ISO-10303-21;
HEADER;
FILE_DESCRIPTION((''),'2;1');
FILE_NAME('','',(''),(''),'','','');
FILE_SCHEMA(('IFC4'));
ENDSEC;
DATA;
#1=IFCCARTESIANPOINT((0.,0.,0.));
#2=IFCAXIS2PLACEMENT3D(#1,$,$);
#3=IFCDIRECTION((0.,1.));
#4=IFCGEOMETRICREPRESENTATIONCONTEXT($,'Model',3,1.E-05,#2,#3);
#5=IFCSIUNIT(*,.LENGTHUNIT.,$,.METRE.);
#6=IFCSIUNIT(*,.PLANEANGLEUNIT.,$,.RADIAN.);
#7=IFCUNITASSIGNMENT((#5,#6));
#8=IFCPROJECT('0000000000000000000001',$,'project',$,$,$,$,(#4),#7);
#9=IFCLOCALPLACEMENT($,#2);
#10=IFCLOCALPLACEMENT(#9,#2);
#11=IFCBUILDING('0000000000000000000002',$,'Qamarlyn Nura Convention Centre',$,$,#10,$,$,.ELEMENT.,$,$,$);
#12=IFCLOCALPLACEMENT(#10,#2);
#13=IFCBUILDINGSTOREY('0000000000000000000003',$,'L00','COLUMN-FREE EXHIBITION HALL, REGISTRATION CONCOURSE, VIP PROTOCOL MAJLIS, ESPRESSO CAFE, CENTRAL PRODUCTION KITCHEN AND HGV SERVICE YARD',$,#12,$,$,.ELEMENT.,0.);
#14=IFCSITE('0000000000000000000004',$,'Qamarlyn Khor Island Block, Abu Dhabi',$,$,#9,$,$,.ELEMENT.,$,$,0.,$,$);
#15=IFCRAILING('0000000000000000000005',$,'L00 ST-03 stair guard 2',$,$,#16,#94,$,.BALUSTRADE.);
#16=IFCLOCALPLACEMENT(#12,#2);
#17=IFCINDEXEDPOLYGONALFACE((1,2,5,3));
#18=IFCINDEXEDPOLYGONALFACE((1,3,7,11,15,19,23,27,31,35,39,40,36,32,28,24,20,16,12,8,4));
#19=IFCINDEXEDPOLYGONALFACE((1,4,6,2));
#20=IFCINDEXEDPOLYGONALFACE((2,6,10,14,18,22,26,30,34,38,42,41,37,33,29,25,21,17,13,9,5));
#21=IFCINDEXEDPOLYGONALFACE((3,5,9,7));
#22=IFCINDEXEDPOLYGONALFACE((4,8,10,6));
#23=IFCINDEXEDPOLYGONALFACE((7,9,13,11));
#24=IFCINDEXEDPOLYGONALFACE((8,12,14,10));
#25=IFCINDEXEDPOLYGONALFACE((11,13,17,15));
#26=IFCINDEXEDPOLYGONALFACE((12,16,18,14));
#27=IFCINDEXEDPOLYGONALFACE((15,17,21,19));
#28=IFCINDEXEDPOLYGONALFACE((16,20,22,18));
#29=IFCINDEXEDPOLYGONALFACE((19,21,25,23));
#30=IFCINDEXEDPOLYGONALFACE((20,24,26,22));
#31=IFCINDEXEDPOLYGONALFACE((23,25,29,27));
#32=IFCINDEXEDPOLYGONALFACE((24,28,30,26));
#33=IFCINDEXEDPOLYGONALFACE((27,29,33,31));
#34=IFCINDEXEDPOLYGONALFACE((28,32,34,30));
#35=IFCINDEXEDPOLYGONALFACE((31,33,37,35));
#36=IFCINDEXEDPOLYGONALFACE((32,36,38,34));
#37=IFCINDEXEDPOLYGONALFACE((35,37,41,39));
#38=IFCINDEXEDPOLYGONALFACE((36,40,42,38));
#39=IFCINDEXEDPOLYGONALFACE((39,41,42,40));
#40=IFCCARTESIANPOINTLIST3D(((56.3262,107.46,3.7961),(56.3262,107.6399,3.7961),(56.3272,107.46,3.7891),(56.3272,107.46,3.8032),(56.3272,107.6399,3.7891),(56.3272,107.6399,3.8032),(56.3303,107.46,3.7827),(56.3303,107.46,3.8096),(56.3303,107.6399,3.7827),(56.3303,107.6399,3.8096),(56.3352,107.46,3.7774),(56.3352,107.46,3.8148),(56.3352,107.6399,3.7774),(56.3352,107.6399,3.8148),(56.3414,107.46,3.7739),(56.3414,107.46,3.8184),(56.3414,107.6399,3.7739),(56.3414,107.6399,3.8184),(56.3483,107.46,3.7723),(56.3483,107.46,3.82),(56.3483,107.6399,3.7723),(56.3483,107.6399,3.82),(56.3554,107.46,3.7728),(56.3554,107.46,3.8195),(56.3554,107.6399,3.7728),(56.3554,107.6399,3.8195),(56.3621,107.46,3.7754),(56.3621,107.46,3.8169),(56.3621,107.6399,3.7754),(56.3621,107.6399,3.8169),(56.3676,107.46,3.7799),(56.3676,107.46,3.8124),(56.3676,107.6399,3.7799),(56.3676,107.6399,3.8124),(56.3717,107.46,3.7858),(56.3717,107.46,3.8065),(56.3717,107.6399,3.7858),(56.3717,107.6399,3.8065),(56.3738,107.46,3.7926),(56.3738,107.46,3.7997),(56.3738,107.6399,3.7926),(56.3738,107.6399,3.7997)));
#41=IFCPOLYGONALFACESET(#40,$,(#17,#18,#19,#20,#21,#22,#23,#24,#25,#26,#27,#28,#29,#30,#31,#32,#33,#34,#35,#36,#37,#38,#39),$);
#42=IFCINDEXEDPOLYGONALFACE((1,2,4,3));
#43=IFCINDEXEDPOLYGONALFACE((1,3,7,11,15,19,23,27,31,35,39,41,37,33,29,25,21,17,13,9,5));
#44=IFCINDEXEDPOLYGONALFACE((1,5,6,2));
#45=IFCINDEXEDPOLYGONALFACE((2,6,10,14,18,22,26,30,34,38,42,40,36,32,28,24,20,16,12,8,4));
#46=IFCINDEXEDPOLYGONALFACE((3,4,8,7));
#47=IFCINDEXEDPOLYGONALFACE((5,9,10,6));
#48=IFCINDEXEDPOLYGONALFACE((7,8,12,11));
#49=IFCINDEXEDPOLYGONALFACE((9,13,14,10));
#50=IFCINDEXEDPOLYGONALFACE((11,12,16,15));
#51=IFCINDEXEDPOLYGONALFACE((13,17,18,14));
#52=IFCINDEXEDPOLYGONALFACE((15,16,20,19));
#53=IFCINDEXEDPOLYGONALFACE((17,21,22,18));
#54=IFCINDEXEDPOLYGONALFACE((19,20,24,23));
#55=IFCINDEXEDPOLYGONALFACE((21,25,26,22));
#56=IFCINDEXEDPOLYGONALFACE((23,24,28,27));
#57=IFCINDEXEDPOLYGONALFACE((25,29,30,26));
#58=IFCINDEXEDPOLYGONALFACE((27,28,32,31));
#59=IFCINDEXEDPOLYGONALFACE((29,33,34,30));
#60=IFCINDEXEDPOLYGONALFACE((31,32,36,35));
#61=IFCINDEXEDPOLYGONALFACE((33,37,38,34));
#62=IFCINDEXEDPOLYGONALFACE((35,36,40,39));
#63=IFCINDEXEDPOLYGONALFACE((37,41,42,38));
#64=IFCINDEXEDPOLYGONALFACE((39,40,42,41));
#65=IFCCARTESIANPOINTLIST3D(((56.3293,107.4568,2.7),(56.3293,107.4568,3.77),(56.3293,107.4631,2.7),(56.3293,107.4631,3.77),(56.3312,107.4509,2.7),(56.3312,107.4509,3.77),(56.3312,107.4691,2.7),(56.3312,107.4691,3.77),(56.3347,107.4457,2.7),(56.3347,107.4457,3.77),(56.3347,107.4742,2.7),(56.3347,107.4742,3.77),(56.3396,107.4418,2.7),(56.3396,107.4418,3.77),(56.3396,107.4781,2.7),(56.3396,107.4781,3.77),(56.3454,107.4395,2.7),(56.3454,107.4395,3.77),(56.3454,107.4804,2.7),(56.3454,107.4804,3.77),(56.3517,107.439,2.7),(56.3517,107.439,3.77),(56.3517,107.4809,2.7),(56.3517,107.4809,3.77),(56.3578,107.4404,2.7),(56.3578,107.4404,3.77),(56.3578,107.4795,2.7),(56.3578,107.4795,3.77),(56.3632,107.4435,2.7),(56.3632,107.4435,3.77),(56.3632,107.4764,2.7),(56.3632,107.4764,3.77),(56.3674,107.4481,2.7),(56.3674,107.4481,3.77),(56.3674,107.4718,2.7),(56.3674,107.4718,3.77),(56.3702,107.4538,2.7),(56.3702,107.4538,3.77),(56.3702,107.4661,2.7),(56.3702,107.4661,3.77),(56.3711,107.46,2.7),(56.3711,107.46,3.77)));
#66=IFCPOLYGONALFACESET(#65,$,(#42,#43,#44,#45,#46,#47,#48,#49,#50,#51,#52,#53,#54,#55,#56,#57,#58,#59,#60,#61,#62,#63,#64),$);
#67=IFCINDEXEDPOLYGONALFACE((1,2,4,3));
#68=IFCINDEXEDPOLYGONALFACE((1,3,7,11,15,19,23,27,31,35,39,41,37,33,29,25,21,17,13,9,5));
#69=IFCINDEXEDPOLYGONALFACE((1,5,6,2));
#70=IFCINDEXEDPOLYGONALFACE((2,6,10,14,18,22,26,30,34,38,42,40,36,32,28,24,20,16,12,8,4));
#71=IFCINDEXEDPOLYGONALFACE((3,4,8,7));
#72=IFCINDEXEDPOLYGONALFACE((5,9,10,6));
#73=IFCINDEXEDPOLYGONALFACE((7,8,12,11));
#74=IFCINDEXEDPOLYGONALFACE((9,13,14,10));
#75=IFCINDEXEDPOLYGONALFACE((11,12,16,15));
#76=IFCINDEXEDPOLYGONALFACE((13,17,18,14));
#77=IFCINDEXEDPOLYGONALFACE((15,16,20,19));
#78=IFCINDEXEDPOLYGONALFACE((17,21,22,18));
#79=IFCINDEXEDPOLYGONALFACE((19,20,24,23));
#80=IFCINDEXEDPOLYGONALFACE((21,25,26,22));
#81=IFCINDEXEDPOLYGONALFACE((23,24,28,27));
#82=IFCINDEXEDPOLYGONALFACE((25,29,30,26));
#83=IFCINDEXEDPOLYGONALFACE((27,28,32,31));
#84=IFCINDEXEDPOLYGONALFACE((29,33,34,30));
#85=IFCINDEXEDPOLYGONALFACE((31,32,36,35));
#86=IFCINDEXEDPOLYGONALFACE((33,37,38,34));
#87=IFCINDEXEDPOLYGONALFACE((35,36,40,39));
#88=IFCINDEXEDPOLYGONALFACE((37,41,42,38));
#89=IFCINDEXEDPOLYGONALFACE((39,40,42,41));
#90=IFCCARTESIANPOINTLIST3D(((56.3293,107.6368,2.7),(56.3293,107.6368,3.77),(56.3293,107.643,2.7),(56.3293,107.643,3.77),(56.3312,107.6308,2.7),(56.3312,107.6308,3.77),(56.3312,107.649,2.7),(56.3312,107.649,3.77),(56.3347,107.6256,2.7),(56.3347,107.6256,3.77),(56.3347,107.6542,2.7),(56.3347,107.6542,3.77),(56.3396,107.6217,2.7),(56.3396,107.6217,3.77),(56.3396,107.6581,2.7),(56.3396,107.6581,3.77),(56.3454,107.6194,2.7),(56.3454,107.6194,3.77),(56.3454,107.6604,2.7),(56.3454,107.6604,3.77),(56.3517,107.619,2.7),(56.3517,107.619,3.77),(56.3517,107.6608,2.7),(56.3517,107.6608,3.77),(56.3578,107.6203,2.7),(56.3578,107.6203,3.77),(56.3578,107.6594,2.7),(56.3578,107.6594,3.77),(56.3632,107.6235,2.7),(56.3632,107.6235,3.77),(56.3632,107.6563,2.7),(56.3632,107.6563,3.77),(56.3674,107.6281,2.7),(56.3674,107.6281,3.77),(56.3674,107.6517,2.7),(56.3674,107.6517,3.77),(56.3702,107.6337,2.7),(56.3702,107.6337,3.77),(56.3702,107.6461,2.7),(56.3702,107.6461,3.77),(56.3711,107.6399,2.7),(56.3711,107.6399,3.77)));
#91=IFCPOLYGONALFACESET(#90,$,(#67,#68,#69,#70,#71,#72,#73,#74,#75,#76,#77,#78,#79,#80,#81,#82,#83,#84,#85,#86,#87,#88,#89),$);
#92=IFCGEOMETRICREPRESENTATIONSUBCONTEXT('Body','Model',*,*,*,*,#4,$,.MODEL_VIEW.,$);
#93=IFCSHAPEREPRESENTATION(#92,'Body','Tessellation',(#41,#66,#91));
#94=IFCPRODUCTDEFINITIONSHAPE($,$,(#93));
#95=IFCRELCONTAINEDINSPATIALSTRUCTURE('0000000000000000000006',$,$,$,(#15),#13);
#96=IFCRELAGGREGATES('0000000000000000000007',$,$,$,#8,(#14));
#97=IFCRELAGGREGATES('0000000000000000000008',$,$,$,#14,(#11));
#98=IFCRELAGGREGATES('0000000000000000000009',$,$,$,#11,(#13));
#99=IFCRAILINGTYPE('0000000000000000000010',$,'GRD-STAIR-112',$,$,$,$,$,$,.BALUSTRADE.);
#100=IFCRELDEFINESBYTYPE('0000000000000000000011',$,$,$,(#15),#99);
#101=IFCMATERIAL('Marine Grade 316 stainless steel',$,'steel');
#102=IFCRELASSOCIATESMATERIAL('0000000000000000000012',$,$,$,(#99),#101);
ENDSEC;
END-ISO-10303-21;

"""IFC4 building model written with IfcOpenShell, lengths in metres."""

from ifc_helpers import new_model, si_unit, direction, frame, origin, origin_2d, place, context, subcontext, project, spatial, circle, extrude, material, type_object, element, save


model = new_model("IFC4")

# Units and contexts
model_context = context("Model", 3, precision=1e-05, world=origin(), true_north=direction((0.0, 1.0)))
body_context = subcontext(model_context, "Body", "Model", "MODEL_VIEW")
ifc_project = project(units=[si_unit("LENGTHUNIT", "METRE"), si_unit("PLANEANGLEUNIT", "RADIAN")], contexts=[model_context])

# Site, building, storey
site_placement = place(None, origin())
site = spatial("IfcSite", under=ifc_project, at=site_placement, Name="Qamarlyn Khor Island Block, Abu Dhabi", CompositionType="ELEMENT", RefElevation=0.0)
building_placement = place(site_placement, origin())
building = spatial("IfcBuilding", under=site, at=building_placement, Name="Qamarlyn Nura Convention Centre", CompositionType="ELEMENT")
storey_placement = place(building_placement, origin())
storey = spatial("IfcBuildingStorey", under=building, at=storey_placement, Name="L00", Description="COLUMN-FREE EXHIBITION HALL, REGISTRATION CONCOURSE, VIP PROTOCOL MAJLIS, ESPRESSO CAFE, CENTRAL PRODUCTION KITCHEN AND HGV SERVICE YARD", CompositionType="ELEMENT", Elevation=0.0)

# Railing
ifc_material_1 = material(Name="Marine Grade 316 stainless steel", Category="steel")
railing_type_1 = type_object("IfcRailingType", Name="GRD-STAIR-112", PredefinedType="BALUSTRADE", material=ifc_material_1)
railing_1_placement = place(storey_placement, frame((56.3501, 107.46, 2.7)))
element("IfcRailing", 1, at=railing_1_placement, inside=storey, type_object=railing_type_1, Name="L00 ST-03 stair guard 2", PredefinedType="BALUSTRADE", context=body_context, shape_type="SweptSolid", body=[
    extrude(circle(Radius=0.0239, at=origin_2d()), frame((0.0, 0.0, 1.0962), z_axis=(0.0, 1.0, 0.0), x_axis=(-1.0, 0.0, 0.0)), (0.0, 0.0, 1.0), 0.1799),
    extrude(circle(Radius=0.021, at=origin_2d()), origin(), (0.0, 0.0, 1.0), 1.0701),
    extrude(circle(Radius=0.021, at=origin_2d()), frame((0.0, 0.1799, 0.0)), (0.0, 0.0, 1.0), 1.0701),
])

save(model, "model.ifc")
